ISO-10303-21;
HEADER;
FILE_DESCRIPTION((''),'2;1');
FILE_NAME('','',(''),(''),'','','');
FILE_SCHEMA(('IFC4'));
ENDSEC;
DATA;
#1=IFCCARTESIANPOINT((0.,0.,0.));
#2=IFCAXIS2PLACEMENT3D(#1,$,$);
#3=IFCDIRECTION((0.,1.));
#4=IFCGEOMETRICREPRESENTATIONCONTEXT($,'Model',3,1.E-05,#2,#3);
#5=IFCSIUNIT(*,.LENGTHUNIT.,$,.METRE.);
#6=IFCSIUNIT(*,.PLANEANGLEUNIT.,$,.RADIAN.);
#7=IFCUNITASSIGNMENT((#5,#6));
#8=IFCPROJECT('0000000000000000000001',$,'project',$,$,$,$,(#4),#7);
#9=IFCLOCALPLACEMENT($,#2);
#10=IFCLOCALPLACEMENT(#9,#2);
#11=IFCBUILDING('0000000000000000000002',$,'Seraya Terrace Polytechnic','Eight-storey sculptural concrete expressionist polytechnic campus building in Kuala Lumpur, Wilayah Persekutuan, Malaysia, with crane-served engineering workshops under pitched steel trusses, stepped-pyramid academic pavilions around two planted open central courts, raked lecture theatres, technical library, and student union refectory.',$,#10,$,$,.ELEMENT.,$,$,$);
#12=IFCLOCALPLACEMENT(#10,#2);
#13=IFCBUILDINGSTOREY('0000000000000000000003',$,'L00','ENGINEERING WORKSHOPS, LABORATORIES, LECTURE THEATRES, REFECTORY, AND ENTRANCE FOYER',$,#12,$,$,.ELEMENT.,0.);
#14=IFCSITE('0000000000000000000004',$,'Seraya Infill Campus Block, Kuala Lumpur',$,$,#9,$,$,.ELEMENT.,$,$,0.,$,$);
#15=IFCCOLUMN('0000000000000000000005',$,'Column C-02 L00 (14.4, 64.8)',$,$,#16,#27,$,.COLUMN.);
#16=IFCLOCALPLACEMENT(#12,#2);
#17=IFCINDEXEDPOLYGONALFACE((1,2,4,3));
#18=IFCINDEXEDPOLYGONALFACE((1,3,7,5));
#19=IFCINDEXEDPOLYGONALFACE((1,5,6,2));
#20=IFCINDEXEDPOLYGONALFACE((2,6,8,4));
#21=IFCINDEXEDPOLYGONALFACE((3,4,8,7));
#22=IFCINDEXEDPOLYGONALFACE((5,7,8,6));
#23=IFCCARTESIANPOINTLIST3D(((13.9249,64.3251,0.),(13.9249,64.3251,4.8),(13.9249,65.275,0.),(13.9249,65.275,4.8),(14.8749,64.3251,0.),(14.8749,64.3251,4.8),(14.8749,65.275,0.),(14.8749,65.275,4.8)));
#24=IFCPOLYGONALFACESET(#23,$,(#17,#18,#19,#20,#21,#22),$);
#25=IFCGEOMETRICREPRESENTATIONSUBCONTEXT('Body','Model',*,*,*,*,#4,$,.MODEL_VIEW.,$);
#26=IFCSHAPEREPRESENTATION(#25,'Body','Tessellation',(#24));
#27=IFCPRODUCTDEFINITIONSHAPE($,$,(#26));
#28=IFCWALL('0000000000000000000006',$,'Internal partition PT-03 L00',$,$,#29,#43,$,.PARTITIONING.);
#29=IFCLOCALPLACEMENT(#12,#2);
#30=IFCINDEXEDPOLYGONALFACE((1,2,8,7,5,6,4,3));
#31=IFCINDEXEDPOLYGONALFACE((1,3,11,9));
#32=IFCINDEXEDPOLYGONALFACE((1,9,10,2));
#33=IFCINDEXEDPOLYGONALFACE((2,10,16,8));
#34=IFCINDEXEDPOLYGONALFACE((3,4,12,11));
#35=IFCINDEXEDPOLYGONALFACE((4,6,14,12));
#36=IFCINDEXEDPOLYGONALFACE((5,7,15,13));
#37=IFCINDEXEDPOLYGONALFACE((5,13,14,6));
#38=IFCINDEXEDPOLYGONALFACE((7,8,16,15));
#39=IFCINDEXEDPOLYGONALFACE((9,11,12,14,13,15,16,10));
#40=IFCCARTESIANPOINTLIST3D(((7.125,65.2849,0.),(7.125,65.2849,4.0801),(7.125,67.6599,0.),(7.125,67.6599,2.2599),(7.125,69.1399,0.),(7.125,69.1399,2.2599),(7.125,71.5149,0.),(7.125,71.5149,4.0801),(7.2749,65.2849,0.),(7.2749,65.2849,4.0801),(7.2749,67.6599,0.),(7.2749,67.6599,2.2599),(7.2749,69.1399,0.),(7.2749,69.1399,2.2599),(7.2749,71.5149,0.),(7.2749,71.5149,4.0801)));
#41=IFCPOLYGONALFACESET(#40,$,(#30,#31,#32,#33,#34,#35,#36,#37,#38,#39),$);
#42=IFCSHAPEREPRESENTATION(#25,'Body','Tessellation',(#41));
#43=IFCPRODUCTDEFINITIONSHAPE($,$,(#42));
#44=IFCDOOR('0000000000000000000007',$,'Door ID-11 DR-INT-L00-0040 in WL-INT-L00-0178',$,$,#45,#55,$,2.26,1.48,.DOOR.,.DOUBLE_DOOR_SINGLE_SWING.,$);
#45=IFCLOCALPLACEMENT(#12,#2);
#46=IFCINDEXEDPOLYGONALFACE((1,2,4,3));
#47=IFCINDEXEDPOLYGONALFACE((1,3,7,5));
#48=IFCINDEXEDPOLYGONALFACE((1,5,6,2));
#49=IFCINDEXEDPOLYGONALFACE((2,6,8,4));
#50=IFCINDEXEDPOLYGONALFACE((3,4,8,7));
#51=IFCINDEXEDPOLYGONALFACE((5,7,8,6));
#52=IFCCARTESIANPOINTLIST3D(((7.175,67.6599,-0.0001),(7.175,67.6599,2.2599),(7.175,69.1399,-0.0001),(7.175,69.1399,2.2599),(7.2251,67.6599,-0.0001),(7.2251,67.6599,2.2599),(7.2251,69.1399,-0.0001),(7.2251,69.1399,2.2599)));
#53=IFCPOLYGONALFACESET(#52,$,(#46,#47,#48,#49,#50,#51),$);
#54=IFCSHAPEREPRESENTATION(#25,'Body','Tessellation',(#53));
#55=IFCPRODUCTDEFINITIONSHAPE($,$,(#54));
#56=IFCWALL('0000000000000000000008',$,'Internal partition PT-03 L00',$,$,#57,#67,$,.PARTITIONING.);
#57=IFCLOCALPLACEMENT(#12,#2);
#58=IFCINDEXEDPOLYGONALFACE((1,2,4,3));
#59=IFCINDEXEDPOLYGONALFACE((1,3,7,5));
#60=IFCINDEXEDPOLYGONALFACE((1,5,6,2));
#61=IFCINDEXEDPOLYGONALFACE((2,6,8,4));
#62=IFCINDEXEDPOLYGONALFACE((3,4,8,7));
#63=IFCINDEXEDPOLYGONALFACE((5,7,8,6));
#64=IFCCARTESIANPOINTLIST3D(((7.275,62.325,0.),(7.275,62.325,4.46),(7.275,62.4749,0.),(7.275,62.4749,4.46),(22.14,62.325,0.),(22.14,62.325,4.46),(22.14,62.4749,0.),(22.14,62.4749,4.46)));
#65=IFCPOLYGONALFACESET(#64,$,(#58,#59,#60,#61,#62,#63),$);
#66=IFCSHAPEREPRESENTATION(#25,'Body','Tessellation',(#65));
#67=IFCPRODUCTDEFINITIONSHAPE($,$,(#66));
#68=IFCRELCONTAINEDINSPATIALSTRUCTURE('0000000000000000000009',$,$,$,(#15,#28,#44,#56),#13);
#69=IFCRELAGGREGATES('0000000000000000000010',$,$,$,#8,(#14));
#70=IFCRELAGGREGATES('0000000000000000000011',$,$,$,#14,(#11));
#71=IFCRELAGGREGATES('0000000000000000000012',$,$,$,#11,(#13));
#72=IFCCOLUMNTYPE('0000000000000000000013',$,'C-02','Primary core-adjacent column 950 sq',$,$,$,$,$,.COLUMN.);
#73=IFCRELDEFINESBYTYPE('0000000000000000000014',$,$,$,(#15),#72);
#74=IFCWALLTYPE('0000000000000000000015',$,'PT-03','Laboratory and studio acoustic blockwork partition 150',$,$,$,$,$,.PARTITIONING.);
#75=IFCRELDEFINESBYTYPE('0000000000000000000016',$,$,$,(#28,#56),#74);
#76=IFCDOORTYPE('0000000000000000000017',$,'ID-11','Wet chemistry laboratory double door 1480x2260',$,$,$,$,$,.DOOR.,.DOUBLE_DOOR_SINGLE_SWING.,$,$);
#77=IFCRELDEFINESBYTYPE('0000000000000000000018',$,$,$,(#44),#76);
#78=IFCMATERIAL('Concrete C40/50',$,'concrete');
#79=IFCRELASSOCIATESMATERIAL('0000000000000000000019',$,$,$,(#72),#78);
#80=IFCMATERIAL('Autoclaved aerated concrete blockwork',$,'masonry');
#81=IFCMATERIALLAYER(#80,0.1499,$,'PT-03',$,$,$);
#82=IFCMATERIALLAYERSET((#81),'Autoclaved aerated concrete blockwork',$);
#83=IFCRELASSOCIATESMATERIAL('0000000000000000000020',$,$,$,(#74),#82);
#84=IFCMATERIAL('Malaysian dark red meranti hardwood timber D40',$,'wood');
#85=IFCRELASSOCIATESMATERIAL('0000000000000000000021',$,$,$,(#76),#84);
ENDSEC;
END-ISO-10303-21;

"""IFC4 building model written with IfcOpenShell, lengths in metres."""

from ifc_helpers import new_model, si_unit, direction, frame, frame_2d, origin, origin_2d, place, context, subcontext, project, spatial, rectangle, extrude, material, layer, layer_set, material_profile, profile_set, type_object, element, fill, save


model = new_model("IFC4")

# Units and contexts
model_context = context("Model", 3, precision=1e-05, world=origin(), true_north=direction((0.0, 1.0)))
body_context = subcontext(model_context, "Body", "Model", "MODEL_VIEW")
ifc_project = project(units=[si_unit("LENGTHUNIT", "METRE"), si_unit("PLANEANGLEUNIT", "RADIAN")], contexts=[model_context])

# Site, building, storey
site_placement = place(None, origin())
site = spatial("IfcSite", under=ifc_project, at=site_placement, Name="Seraya Infill Campus Block, Kuala Lumpur", CompositionType="ELEMENT", RefElevation=0.0)
building_placement = place(site_placement, origin())
building = spatial("IfcBuilding", under=site, at=building_placement, Name="Seraya Terrace Polytechnic", Description="Eight-storey sculptural concrete expressionist polytechnic campus building in Kuala Lumpur, Wilayah Persekutuan, Malaysia, with crane-served engineering workshops under pitched steel trusses, stepped-pyramid academic pavilions around two planted open central courts, raked lecture theatres, technical library, and student union refectory.", CompositionType="ELEMENT")
storey_placement = place(building_placement, origin())
storey = spatial("IfcBuildingStorey", under=building, at=storey_placement, Name="L00", Description="ENGINEERING WORKSHOPS, LABORATORIES, LECTURE THEATRES, REFECTORY, AND ENTRANCE FOYER", CompositionType="ELEMENT", Elevation=0.0)

# Shared definitions
ifc_material_1 = material(Name="Concrete C40/50", Category="concrete")

# Column
ifc_material_profile_1 = material_profile(ifc_material_1, rectangle(XDim=0.95, YDim=0.95, at=origin_2d()), Name="RC 950x950")
ifc_profile_set_1 = profile_set([ifc_material_profile_1], Name="Concrete C40/50")
column_type = type_object("IfcColumnType", Name="C-02", Description="Primary core-adjacent column 950 sq", PredefinedType="COLUMN", material=ifc_profile_set_1)
for number, where, z_axis, x_axis, name in (
    (1, (14.3999, 64.8, 0.0), (0.0, 0.0, 1.0), (1.0, 0.0, 0.0), "Column C-02 L00 (14.4, 64.8)"),
):
    element("IfcColumn", number, at=place(storey_placement, frame(where, z_axis=z_axis, x_axis=x_axis)), inside=storey, type_object=column_type, Name=name, PredefinedType="COLUMN", context=body_context, shape_type="SweptSolid", body=[
        extrude(rectangle(XDim=0.95, YDim=0.95, at=origin_2d()), origin(), (0.0, 0.0, 1.0), 4.8),
    ])

# Wall, opening, door
ifc_material_2 = material(Name="Autoclaved aerated concrete blockwork", Category="masonry")
ifc_layer = layer(ifc_material_2, 0.1499, Name="PT-03")
ifc_layer_set = layer_set([ifc_layer], Name="Autoclaved aerated concrete blockwork")
wall_type = type_object("IfcWallType", Name="PT-03", Description="Laboratory and studio acoustic blockwork partition 150", PredefinedType="PARTITIONING", material=ifc_layer_set)
wall_1_placement = place(storey_placement, frame((7.2, 65.2849, 0.0), z_axis=(0.0, 0.0, 1.0), x_axis=(0.0, 1.0, 0.0)))
wall_1 = element("IfcWall", 2, at=wall_1_placement, inside=storey, type_object=wall_type, Name="Internal partition PT-03 L00", PredefinedType="PARTITIONING", context=body_context, shape_type="SweptSolid", body=[
    extrude(rectangle(XDim=6.23, YDim=0.1499, at=frame_2d((3.115, 0.0))), origin(), (0.0, 0.0, 1.0), 4.0801),
])
opening_placement = place(wall_1_placement, frame((2.375, 0.0, 0.0)))
opening = element("IfcOpeningElement", 3, at=opening_placement, cuts=wall_1, PredefinedType="OPENING", context=body_context, shape_type="SweptSolid", body=[
    extrude(rectangle(XDim=1.48, YDim=2.26, at=frame_2d((0.74, 1.1299))), frame((0.0, 0.0869, 0.0), z_axis=(0.0, -1.0, 0.0), x_axis=(1.0, 0.0, 0.0)), (0.0, 0.0, 1.0), 0.1738),
])
ifc_material_3 = material(Name="Malaysian dark red meranti hardwood timber D40", Category="wood")
door_type = type_object("IfcDoorType", Name="ID-11", Description="Wet chemistry laboratory double door 1480x2260", OperationType="DOUBLE_DOOR_SINGLE_SWING", PredefinedType="DOOR", material=ifc_material_3)
door_placement = place(opening_placement, origin())
door = element("IfcDoor", 4, at=door_placement, inside=storey, type_object=door_type, Name="Door ID-11 DR-INT-L00-0040 in WL-INT-L00-0178", OperationType="DOUBLE_DOOR_SINGLE_SWING", OverallHeight=2.26, OverallWidth=1.48, PredefinedType="DOOR", context=body_context, shape_type="SweptSolid", body=[
    extrude(rectangle(XDim=1.48, YDim=2.26, at=frame_2d((0.74, 1.1299))), frame((0.0, 0.0249, 0.0), z_axis=(0.0, -1.0, 0.0), x_axis=(1.0, 0.0, 0.0)), (0.0, 0.0, 1.0), 0.05),
])
fill(opening, door)

# Wall
wall_2_placement = place(storey_placement, frame((7.2749, 62.3999, 0.0), z_axis=(0.0, 0.0, 1.0), x_axis=(1.0, 0.0, 0.0)))
element("IfcWall", 5, at=wall_2_placement, inside=storey, type_object=wall_type, Name="Internal partition PT-03 L00", PredefinedType="PARTITIONING", context=body_context, shape_type="SweptSolid", body=[
    extrude(rectangle(XDim=14.865, YDim=0.1499, at=frame_2d((7.4326, 0.0))), origin(), (0.0, 0.0, 1.0), 4.46),
])

save(model, "model.ifc")
